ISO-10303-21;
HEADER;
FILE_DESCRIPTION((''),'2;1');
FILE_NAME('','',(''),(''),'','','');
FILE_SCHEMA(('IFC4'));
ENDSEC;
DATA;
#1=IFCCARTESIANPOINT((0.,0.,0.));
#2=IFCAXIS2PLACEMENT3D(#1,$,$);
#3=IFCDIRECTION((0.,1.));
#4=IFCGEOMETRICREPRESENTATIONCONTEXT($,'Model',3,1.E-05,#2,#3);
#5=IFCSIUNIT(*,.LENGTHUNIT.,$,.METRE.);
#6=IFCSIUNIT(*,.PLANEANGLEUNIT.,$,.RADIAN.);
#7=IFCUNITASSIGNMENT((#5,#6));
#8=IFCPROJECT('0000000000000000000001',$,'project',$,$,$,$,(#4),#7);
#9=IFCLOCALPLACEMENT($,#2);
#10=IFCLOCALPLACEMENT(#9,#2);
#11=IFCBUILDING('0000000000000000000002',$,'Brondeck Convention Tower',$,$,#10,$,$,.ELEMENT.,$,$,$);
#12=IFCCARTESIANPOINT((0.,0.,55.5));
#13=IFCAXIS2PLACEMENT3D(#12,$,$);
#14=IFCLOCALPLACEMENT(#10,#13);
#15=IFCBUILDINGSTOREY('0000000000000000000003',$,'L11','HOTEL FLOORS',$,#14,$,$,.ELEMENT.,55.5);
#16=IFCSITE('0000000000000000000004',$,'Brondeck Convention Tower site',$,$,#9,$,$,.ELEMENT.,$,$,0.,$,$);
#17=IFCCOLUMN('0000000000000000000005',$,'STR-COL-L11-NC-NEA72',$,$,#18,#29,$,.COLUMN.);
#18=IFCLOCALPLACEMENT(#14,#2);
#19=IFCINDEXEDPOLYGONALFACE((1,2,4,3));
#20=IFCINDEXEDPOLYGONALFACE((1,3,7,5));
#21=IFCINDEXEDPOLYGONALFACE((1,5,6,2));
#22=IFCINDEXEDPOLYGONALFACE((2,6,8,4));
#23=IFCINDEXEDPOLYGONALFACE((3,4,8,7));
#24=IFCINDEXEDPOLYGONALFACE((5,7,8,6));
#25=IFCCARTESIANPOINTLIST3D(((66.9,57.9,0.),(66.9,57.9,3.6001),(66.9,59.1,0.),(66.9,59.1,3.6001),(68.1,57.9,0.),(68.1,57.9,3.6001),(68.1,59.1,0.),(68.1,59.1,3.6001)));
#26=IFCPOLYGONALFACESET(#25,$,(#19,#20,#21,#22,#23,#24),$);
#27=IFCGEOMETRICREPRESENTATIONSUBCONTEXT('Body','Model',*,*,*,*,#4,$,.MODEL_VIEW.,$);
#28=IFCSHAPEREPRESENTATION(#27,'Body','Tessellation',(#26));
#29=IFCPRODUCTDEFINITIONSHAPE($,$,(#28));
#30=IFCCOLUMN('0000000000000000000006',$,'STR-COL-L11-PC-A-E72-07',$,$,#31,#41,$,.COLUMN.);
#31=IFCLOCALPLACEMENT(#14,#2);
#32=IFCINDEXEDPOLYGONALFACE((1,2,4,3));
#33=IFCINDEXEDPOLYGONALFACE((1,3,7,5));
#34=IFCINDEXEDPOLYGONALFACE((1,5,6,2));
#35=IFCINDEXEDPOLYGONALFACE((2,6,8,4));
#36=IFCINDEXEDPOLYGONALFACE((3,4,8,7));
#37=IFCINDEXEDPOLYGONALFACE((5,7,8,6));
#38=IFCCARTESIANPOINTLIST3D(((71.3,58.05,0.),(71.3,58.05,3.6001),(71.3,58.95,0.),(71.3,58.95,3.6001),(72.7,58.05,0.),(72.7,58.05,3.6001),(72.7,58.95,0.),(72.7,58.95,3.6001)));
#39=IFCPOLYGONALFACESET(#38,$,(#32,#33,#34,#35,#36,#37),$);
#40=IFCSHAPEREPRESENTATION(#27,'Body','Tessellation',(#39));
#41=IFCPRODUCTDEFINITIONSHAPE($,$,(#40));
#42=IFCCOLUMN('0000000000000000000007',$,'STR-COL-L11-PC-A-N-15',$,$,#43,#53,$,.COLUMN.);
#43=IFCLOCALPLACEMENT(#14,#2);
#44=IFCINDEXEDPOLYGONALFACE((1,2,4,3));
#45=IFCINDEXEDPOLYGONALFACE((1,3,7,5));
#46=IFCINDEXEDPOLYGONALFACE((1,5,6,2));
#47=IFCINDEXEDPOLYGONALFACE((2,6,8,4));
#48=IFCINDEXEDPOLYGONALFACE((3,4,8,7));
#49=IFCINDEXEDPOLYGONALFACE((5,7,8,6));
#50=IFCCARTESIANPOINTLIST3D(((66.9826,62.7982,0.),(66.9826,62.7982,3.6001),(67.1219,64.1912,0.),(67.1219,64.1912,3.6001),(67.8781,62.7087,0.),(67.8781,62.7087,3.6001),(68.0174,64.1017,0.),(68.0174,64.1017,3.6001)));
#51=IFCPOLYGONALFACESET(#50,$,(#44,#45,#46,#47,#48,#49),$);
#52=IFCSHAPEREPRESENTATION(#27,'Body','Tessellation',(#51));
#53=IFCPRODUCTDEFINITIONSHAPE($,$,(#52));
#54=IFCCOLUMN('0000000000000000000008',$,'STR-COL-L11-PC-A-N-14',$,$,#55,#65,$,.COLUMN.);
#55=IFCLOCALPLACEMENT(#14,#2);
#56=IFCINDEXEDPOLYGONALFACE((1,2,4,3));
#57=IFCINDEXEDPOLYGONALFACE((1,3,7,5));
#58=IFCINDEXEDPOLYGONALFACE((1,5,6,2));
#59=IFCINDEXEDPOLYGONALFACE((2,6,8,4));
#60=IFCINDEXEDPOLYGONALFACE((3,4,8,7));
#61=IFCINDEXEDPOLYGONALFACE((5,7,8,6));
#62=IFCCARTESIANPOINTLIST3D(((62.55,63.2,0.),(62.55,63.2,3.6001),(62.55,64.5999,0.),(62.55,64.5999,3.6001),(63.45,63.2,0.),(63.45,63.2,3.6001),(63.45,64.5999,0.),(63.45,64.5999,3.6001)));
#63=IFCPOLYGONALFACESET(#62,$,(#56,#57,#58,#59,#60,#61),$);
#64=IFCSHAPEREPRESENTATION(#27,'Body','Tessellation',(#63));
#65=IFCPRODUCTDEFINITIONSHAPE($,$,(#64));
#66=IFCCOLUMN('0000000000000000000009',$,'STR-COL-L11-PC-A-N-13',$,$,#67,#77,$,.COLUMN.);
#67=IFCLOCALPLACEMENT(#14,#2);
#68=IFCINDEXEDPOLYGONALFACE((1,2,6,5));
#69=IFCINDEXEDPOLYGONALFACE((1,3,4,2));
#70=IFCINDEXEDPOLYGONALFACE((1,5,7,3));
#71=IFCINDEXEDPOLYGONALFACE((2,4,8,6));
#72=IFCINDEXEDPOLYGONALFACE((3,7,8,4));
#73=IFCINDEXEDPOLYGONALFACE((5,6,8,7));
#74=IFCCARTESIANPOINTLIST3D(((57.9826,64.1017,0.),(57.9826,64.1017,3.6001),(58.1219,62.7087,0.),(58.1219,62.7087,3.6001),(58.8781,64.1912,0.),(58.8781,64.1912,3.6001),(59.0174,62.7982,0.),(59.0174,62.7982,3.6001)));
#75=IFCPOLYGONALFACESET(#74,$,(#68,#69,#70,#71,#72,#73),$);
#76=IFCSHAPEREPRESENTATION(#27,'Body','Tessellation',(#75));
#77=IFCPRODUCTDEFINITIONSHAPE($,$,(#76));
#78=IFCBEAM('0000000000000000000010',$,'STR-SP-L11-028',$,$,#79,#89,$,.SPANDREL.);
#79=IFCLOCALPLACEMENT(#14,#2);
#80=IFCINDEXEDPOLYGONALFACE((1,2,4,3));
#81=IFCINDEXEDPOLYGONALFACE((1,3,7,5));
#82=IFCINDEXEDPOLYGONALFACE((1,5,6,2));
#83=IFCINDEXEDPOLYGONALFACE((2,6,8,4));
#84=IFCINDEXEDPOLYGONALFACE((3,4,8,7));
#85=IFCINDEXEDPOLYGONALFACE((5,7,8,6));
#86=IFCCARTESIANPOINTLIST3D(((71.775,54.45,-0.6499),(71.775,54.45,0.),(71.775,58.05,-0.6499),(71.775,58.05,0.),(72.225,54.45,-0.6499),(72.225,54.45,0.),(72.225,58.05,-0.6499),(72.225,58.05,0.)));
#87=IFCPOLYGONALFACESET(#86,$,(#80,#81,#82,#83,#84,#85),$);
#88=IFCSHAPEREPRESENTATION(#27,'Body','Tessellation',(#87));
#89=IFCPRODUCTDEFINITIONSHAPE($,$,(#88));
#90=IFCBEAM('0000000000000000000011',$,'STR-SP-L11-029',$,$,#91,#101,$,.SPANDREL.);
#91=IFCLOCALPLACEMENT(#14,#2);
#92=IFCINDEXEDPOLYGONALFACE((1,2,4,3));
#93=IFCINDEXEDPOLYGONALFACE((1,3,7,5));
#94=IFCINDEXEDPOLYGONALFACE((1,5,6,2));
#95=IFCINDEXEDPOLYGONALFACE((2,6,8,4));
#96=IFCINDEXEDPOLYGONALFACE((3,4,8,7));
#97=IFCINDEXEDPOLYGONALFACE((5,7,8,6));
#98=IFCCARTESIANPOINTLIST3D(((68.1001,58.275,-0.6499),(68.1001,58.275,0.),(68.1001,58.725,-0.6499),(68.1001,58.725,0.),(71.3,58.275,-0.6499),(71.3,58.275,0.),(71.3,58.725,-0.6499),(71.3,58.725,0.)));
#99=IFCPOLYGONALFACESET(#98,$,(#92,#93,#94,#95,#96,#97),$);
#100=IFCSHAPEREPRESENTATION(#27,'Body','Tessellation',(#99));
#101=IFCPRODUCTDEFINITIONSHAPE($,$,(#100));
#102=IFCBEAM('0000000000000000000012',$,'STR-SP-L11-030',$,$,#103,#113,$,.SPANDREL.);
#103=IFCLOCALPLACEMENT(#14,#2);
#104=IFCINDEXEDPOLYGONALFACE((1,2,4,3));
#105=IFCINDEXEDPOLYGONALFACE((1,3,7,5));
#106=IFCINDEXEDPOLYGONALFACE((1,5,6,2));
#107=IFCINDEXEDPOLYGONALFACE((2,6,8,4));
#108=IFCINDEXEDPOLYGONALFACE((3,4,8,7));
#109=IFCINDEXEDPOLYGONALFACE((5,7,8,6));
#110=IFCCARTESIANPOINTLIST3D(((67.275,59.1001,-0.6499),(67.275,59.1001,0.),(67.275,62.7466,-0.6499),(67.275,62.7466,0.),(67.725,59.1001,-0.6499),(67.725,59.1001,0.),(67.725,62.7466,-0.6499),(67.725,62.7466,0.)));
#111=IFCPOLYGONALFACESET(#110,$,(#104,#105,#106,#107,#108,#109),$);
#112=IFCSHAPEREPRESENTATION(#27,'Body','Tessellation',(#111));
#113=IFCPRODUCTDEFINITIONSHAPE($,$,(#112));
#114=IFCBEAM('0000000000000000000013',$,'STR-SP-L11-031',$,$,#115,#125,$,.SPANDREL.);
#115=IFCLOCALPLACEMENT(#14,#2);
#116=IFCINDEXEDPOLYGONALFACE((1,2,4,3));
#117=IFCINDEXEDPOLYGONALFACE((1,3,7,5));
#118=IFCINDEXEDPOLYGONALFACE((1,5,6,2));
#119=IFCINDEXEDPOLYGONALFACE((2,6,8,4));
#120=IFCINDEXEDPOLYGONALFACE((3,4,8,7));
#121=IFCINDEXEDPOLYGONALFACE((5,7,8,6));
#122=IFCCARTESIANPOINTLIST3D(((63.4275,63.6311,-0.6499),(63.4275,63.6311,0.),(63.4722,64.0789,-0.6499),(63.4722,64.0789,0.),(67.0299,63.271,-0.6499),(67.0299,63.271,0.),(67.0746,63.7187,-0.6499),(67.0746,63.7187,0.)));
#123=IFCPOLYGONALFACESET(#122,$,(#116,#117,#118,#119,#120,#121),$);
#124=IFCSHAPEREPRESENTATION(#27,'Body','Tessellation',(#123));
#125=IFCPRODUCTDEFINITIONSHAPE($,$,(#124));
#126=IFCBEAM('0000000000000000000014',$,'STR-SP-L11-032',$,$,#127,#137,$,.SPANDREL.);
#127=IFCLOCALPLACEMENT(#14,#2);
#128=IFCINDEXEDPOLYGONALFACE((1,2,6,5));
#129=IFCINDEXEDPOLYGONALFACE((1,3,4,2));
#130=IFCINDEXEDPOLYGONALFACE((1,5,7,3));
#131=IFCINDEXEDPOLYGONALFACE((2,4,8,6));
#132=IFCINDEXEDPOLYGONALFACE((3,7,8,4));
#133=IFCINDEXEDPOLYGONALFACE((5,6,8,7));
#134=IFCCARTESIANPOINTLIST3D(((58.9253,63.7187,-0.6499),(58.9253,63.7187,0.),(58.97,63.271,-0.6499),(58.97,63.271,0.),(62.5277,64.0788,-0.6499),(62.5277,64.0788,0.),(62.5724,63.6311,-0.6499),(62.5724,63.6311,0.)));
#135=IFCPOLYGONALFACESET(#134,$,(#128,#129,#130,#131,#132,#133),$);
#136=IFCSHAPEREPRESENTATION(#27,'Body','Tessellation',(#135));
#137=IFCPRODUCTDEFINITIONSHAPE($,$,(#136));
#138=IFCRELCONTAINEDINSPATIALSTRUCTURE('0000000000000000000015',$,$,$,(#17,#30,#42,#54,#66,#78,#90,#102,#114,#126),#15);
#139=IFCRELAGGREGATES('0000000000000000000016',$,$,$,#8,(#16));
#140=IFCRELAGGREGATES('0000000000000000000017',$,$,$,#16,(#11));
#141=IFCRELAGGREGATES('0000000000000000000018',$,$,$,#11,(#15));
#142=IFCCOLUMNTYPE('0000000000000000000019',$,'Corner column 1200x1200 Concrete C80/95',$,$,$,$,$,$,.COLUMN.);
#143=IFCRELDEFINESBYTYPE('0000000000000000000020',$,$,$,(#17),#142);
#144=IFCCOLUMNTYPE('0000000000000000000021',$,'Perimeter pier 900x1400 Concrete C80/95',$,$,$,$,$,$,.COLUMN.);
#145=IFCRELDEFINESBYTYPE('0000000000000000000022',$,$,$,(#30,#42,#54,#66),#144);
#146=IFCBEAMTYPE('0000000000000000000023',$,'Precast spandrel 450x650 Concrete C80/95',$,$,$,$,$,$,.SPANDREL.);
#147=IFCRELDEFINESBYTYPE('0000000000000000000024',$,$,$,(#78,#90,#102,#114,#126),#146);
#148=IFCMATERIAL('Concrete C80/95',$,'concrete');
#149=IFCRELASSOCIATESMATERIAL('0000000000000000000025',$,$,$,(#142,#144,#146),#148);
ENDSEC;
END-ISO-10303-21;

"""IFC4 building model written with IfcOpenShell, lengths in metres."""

from ifc_helpers import new_model, si_unit, direction, frame, origin, origin_2d, place, context, subcontext, project, spatial, rectangle, extrude, material, material_profile, profile_set, type_object, element, save


model = new_model("IFC4")

# Units and contexts
model_context = context("Model", 3, precision=1e-05, world=origin(), true_north=direction((0.0, 1.0)))
body_context = subcontext(model_context, "Body", "Model", "MODEL_VIEW")
ifc_project = project(units=[si_unit("LENGTHUNIT", "METRE"), si_unit("PLANEANGLEUNIT", "RADIAN")], contexts=[model_context])

# Site, building, storey
site_placement = place(None, origin())
site = spatial("IfcSite", under=ifc_project, at=site_placement, Name="Brondeck Convention Tower site", CompositionType="ELEMENT", RefElevation=0.0)
building_placement = place(site_placement, origin())
building = spatial("IfcBuilding", under=site, at=building_placement, Name="Brondeck Convention Tower", CompositionType="ELEMENT")
storey_placement = place(building_placement, frame((0.0, 0.0, 55.5)))
storey = spatial("IfcBuildingStorey", under=building, at=storey_placement, Name="L11", Description="HOTEL FLOORS", CompositionType="ELEMENT", Elevation=55.5)

# Columns
ifc_material_1 = material(Name="Concrete C80/95", Category="concrete")
ifc_material_profile_1 = material_profile(ifc_material_1, rectangle(XDim=1.2, YDim=1.2, at=origin_2d()), Name="Corner column 1200x1200 Concrete C80/95")
ifc_profile_set_1 = profile_set([ifc_material_profile_1], Name="Concrete C80/95")
column_type_1 = type_object("IfcColumnType", Name="Corner column 1200x1200 Concrete C80/95", PredefinedType="COLUMN", material=ifc_profile_set_1)
column_placement = place(storey_placement, frame((67.5, 58.5, 0.0), z_axis=(0.0, 0.0, 1.0), x_axis=(1.0, 0.0, 0.0)))
element("IfcColumn", 1, at=column_placement, inside=storey, type_object=column_type_1, Name="STR-COL-L11-NC-NEA72", PredefinedType="COLUMN", context=body_context, shape_type="SweptSolid", body=[
    extrude(rectangle(XDim=1.2, YDim=1.2, at=origin_2d()), origin(), (0.0, 0.0, 1.0), 3.6001),
])
ifc_material_profile_2 = material_profile(ifc_material_1, rectangle(XDim=0.8999, YDim=1.3999, at=origin_2d()), Name="Perimeter pier 900x1400 Concrete C80/95")
ifc_profile_set_2 = profile_set([ifc_material_profile_2], Name="Concrete C80/95")
column_type_2 = type_object("IfcColumnType", Name="Perimeter pier 900x1400 Concrete C80/95", PredefinedType="COLUMN", material=ifc_profile_set_2)
for number, where, z_axis, x_axis, name in (
    (2, (72.0, 58.5, 0.0), (0.0, 0.0, 1.0), (0.0, 1.0, 0.0), "STR-COL-L11-PC-A-E72-07"),
    (3, (67.5, 63.45, 0.0), (0.0, 0.0, 1.0), (-0.995037, 0.099504, 0.0), "STR-COL-L11-PC-A-N-15"),
    (4, (63.0, 63.8999, 0.0), (0.0, 0.0, 1.0), (-1.0, 0.0, 0.0), "STR-COL-L11-PC-A-N-14"),
    (5, (58.5, 63.45, 0.0), (0.0, 0.0, 1.0), (-0.995037, -0.099504, 0.0), "STR-COL-L11-PC-A-N-13"),
):
    element("IfcColumn", number, at=place(storey_placement, frame(where, z_axis=z_axis, x_axis=x_axis)), inside=storey, type_object=column_type_2, Name=name, PredefinedType="COLUMN", context=body_context, shape_type="SweptSolid", body=[
        extrude(rectangle(XDim=0.8999, YDim=1.3999, at=origin_2d()), origin(), (0.0, 0.0, 1.0), 3.6001),
    ])

# Beams
ifc_material_profile_3 = material_profile(ifc_material_1, rectangle(XDim=0.45, YDim=0.6499, at=origin_2d()), Name="Precast spandrel 450x650 Concrete C80/95")
ifc_profile_set_3 = profile_set([ifc_material_profile_3], Name="Concrete C80/95")
beam_type = type_object("IfcBeamType", Name="Precast spandrel 450x650 Concrete C80/95", PredefinedType="SPANDREL", material=ifc_profile_set_3)
beam_1_placement = place(storey_placement, frame((72.0, 54.45, -0.325), z_axis=(0.0, 1.0, 0.0), x_axis=(-1.0, 0.0, 0.0)))
element("IfcBeam", 6, at=beam_1_placement, inside=storey, type_object=beam_type, Name="STR-SP-L11-028", PredefinedType="SPANDREL", context=body_context, shape_type="SweptSolid", body=[
    extrude(rectangle(XDim=0.45, YDim=0.6499, at=origin_2d()), origin(), (0.0, 0.0, 1.0), 3.6001),
])
beam_2_placement = place(storey_placement, frame((71.3, 58.5, -0.325), z_axis=(-1.0, 0.0, 0.0), x_axis=(0.0, -1.0, 0.0)))
element("IfcBeam", 7, at=beam_2_placement, inside=storey, type_object=beam_type, Name="STR-SP-L11-029", PredefinedType="SPANDREL", context=body_context, shape_type="SweptSolid", body=[
    extrude(rectangle(XDim=0.45, YDim=0.6499, at=origin_2d()), origin(), (0.0, 0.0, 1.0), 3.2),
])
beam_3_placement = place(storey_placement, frame((67.5, 59.1001, -0.325), z_axis=(0.0, 1.0, 0.0), x_axis=(-1.0, 0.0, 0.0)))
element("IfcBeam", 8, at=beam_3_placement, inside=storey, type_object=beam_type, Name="STR-SP-L11-030", PredefinedType="SPANDREL", context=body_context, shape_type="SweptSolid", body=[
    extrude(rectangle(XDim=0.45, YDim=0.6499, at=origin_2d()), origin(), (0.0, 0.0, 1.0), 3.6465),
])
for number, where, z_axis, x_axis, name in (
    (9, (67.0522, 63.4949, -0.325), (-0.995041, 0.09947, 0.0), (-0.09947, -0.995041, 0.0), "STR-SP-L11-031"),
    (10, (62.55, 63.855, -0.325), (-0.995041, -0.09947, 0.0), (0.09947, -0.995041, 0.0), "STR-SP-L11-032"),
):
    element("IfcBeam", number, at=place(storey_placement, frame(where, z_axis=z_axis, x_axis=x_axis)), inside=storey, type_object=beam_type, Name=name, PredefinedType="SPANDREL", context=body_context, shape_type="SweptSolid", body=[
        extrude(rectangle(XDim=0.45, YDim=0.6499, at=origin_2d()), origin(), (0.0, 0.0, 1.0), 3.6204),
    ])

save(model, "model.ifc")
